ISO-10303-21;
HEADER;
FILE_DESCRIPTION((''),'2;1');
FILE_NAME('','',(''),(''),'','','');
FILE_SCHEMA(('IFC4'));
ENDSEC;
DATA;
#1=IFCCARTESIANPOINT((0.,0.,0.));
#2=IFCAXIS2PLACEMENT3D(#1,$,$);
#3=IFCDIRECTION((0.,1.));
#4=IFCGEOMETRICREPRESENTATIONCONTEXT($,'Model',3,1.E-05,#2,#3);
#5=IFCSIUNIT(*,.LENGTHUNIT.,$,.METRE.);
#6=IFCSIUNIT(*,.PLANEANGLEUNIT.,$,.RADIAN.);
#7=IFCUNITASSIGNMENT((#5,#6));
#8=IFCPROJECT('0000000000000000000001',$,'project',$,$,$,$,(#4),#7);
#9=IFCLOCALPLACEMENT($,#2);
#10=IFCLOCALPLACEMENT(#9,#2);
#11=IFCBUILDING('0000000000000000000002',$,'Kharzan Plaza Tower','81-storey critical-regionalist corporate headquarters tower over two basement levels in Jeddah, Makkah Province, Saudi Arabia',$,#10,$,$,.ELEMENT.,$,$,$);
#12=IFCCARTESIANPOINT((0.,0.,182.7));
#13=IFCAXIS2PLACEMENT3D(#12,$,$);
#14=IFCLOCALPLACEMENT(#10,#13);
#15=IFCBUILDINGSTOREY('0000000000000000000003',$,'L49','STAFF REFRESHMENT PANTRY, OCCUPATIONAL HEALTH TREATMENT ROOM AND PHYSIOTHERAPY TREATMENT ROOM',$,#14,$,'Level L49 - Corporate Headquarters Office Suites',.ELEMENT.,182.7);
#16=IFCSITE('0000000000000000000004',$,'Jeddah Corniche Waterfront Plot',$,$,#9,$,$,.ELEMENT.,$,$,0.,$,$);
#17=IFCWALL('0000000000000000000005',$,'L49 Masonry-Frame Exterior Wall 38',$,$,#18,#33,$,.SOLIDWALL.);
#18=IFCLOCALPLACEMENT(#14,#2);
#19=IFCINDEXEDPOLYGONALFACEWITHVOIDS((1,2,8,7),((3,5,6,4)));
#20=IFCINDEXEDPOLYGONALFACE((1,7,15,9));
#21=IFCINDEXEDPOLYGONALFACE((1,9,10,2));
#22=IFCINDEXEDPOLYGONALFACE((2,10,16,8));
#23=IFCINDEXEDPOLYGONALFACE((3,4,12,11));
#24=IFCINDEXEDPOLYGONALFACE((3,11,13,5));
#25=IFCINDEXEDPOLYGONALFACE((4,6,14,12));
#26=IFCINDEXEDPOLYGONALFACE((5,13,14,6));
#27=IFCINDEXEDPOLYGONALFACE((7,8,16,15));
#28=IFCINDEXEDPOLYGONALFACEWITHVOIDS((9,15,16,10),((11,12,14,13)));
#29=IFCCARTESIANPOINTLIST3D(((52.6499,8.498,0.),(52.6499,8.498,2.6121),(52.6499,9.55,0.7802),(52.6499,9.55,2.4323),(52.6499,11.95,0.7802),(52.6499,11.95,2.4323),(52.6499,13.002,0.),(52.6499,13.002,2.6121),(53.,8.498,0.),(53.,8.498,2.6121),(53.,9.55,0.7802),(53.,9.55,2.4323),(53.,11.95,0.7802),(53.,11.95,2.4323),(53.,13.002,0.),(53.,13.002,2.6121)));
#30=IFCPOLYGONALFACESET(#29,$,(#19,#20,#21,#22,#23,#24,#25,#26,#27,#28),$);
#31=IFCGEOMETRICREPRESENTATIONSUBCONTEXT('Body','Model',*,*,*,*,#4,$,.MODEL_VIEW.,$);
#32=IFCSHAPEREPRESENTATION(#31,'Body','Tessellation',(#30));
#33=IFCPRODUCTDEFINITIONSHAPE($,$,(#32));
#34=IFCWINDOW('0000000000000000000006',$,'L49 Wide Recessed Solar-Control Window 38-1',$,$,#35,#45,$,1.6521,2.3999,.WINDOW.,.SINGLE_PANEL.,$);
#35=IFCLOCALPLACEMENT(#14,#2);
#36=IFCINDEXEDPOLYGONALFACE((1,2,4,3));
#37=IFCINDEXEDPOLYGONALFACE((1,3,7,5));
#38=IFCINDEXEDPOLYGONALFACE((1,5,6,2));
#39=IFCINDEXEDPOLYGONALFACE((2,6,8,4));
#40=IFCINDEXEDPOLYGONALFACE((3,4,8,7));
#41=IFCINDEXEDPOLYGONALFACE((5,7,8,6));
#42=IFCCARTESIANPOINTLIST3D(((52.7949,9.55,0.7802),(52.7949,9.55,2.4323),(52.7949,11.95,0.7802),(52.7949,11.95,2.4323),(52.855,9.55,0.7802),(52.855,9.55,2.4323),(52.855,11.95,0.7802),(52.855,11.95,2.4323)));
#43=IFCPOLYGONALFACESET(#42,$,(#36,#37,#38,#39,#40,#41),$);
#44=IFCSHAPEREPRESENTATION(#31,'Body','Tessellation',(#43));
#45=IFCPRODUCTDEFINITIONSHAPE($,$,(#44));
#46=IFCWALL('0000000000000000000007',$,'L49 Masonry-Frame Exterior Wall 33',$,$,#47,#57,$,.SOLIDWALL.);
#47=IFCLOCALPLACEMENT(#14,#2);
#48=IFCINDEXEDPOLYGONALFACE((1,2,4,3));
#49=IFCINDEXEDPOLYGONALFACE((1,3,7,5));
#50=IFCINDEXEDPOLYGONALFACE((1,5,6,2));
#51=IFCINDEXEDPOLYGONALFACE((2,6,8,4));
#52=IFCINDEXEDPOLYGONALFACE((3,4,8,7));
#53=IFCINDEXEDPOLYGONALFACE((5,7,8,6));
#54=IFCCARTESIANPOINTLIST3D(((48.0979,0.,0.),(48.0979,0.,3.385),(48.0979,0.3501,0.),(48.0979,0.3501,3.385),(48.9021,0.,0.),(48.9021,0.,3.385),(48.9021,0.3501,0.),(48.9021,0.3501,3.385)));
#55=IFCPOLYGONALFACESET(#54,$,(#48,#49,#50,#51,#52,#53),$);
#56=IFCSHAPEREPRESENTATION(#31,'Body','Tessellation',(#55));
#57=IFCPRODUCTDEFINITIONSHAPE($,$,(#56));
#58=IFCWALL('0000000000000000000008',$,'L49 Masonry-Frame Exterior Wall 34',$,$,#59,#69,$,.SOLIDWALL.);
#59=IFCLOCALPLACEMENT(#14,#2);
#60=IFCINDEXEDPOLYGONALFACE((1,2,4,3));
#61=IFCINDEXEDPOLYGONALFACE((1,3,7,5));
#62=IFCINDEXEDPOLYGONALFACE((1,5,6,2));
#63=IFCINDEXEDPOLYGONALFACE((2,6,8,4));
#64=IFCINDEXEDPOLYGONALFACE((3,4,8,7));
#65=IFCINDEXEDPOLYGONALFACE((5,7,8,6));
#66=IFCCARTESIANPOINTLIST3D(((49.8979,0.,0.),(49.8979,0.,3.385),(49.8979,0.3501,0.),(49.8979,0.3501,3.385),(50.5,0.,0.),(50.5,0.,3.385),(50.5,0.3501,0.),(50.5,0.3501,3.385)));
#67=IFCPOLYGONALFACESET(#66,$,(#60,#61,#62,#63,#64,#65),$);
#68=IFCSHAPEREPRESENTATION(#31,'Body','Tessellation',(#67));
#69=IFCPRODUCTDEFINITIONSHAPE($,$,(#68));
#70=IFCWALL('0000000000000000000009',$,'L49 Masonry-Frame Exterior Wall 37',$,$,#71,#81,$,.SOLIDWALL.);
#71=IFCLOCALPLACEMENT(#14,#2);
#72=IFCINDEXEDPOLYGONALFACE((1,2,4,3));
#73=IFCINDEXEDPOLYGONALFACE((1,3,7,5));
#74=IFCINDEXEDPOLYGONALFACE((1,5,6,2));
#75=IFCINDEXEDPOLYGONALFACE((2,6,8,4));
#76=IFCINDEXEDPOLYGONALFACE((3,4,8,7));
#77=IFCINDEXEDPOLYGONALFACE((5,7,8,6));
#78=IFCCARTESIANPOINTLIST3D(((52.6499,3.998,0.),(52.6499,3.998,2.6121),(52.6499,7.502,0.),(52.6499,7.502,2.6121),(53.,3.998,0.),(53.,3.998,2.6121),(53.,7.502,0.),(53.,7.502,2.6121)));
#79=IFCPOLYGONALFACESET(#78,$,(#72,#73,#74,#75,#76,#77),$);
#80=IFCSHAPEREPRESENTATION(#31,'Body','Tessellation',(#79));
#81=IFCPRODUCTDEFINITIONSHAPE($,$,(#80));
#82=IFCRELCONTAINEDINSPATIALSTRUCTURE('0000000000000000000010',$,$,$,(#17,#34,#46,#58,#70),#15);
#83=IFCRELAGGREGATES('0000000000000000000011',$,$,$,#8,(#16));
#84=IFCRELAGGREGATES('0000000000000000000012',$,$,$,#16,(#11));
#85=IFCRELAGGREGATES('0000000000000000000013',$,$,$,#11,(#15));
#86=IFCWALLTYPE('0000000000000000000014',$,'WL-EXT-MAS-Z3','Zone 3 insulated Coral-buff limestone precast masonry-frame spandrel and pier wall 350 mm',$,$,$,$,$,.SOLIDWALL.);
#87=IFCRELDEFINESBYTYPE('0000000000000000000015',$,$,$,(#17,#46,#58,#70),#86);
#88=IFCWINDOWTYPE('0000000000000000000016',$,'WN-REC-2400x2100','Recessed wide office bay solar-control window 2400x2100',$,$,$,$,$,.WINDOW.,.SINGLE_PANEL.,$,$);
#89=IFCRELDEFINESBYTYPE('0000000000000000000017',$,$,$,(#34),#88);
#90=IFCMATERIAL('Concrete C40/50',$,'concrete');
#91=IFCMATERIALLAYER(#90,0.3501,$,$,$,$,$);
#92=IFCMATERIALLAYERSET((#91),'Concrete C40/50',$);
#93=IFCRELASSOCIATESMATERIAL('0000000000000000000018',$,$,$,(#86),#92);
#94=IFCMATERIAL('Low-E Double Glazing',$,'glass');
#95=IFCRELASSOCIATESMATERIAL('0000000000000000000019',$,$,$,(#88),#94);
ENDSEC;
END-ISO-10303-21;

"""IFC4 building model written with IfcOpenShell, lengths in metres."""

from ifc_helpers import new_model, si_unit, direction, frame, frame_2d, origin, place, context, subcontext, project, spatial, rectangle, extrude, source, transform, mapped, material, layer, layer_set, type_object, element, fill, save


model = new_model("IFC4")

# Units and contexts
model_context = context("Model", 3, precision=1e-05, world=origin(), true_north=direction((0.0, 1.0)))
body_context = subcontext(model_context, "Body", "Model", "MODEL_VIEW")
ifc_project = project(units=[si_unit("LENGTHUNIT", "METRE"), si_unit("PLANEANGLEUNIT", "RADIAN")], contexts=[model_context])

# Site, building, storey
site_placement = place(None, origin())
site = spatial("IfcSite", under=ifc_project, at=site_placement, Name="Jeddah Corniche Waterfront Plot", CompositionType="ELEMENT", RefElevation=0.0)
building_placement = place(site_placement, origin())
building = spatial("IfcBuilding", under=site, at=building_placement, Name="Kharzan Plaza Tower", Description="81-storey critical-regionalist corporate headquarters tower over two basement levels in Jeddah, Makkah Province, Saudi Arabia", CompositionType="ELEMENT")
storey_placement = place(building_placement, frame((0.0, 0.0, 182.7)))
storey = spatial("IfcBuildingStorey", under=building, at=storey_placement, Name="L49", Description="STAFF REFRESHMENT PANTRY, OCCUPATIONAL HEALTH TREATMENT ROOM AND PHYSIOTHERAPY TREATMENT ROOM", LongName="Level L49 - Corporate Headquarters Office Suites", CompositionType="ELEMENT", Elevation=182.7)

# Wall, opening, window
ifc_material_1 = material(Name="Concrete C40/50", Category="concrete")
ifc_layer_1 = layer(ifc_material_1, 0.3501)
ifc_layer_set_1 = layer_set([ifc_layer_1], Name="Concrete C40/50")
wall_type_1 = type_object("IfcWallType", Name="WL-EXT-MAS-Z3", Description="Zone 3 insulated Coral-buff limestone precast masonry-frame spandrel and pier wall 350 mm", PredefinedType="SOLIDWALL", material=ifc_layer_set_1)
ifc_material_2 = material(Name="Low-E Double Glazing", Category="glass")
wall_1_placement = place(storey_placement, frame((52.825, 8.498, 0.0), z_axis=(0.0, 0.0, 1.0), x_axis=(0.0, 1.0, 0.0)))
wall_1 = element("IfcWall", 1, at=wall_1_placement, inside=storey, type_object=wall_type_1, Name="L49 Masonry-Frame Exterior Wall 38", PredefinedType="SOLIDWALL", context=body_context, shape_type="SweptSolid", body=[
    extrude(rectangle(XDim=4.5039, YDim=0.3501, at=frame_2d((2.252, 0.0))), origin(), (0.0, 0.0, 1.0), 2.6121),
])
opening_1_placement = place(wall_1_placement, frame((1.052, 0.0, 0.78)))
opening_1 = element("IfcOpeningElement", 2, at=opening_1_placement, cuts=wall_1, PredefinedType="OPENING", context=body_context, shape_type="SweptSolid", body=[
    extrude(rectangle(XDim=2.3999, YDim=1.6521, at=frame_2d((1.2, 0.8262))), frame((0.0, 0.1851, 0.0), z_axis=(0.0, -1.0, 0.0), x_axis=(1.0, 0.0, 0.0)), (0.0, 0.0, 1.0), 0.3701),
])
window_type_1 = type_object("IfcWindowType", Name="WN-REC-2400x2100", Description="Recessed wide office bay solar-control window 2400x2100", PartitioningType="SINGLE_PANEL", PredefinedType="WINDOW", material=ifc_material_2)
shared_shape_1 = source(origin(), body_context, "Body", "SweptSolid", [
    extrude(rectangle(XDim=2.3999, YDim=1.6521, at=frame_2d((1.2, 0.8262))), frame((0.0, 0.03, 0.0), z_axis=(0.0, -1.0, 0.0), x_axis=(1.0, 0.0, 0.0)), (0.0, 0.0, 1.0), 0.0601),
])
window_1_placement = place(opening_1_placement, origin())
window_1 = element("IfcWindow", 3, at=window_1_placement, inside=storey, type_object=window_type_1, Name="L49 Wide Recessed Solar-Control Window 38-1", OverallHeight=1.6521, OverallWidth=2.3999, PartitioningType="SINGLE_PANEL", PredefinedType="WINDOW", context=body_context, shape_type="MappedRepresentation", body=[
    mapped(shared_shape_1, transform((0.0, 0.0, 0.0), x_axis=(1.0, 0.0, 0.0), y_axis=(0.0, 1.0, 0.0), z_axis=(0.0, 0.0, 1.0))),
])
fill(opening_1, window_1)

# Walls
shared_shape_2 = source(origin(), body_context, "Body", "SweptSolid", [
    extrude(rectangle(XDim=0.8042, YDim=0.3501, at=frame_2d((0.4021, 0.0))), origin(), (0.0, 0.0, 1.0), 3.385),
])
wall_2_placement = place(storey_placement, frame((48.0979, 0.175, 0.0), z_axis=(0.0, 0.0, 1.0), x_axis=(1.0, 0.0, 0.0)))
element("IfcWall", 4, at=wall_2_placement, inside=storey, type_object=wall_type_1, Name="L49 Masonry-Frame Exterior Wall 33", PredefinedType="SOLIDWALL", context=body_context, shape_type="MappedRepresentation", body=[
    mapped(shared_shape_2, transform((0.0, 0.0, 0.0), x_axis=(1.0, 0.0, 0.0), y_axis=(0.0, 1.0, 0.0), z_axis=(0.0, 0.0, 1.0))),
])
shared_shape_3 = source(origin(), body_context, "Body", "SweptSolid", [
    extrude(rectangle(XDim=0.6021, YDim=0.3501, at=frame_2d((0.301, 0.0))), origin(), (0.0, 0.0, 1.0), 3.385),
])
wall_3_placement = place(storey_placement, frame((49.8979, 0.175, 0.0), z_axis=(0.0, 0.0, 1.0), x_axis=(1.0, 0.0, 0.0)))
element("IfcWall", 5, at=wall_3_placement, inside=storey, type_object=wall_type_1, Name="L49 Masonry-Frame Exterior Wall 34", PredefinedType="SOLIDWALL", context=body_context, shape_type="MappedRepresentation", body=[
    mapped(shared_shape_3, transform((0.0, 0.0, 0.0), x_axis=(1.0, 0.0, 0.0), y_axis=(0.0, 1.0, 0.0), z_axis=(0.0, 0.0, 1.0))),
])
shared_shape_4 = source(origin(), body_context, "Body", "SweptSolid", [
    extrude(rectangle(XDim=3.5039, YDim=0.3501, at=frame_2d((1.752, 0.0))), origin(), (0.0, 0.0, 1.0), 2.6121),
])
wall_4_placement = place(storey_placement, frame((52.825, 3.998, 0.0), z_axis=(0.0, 0.0, 1.0), x_axis=(0.0, 1.0, 0.0)))
element("IfcWall", 6, at=wall_4_placement, inside=storey, type_object=wall_type_1, Name="L49 Masonry-Frame Exterior Wall 37", PredefinedType="SOLIDWALL", context=body_context, shape_type="MappedRepresentation", body=[
    mapped(shared_shape_4, transform((0.0, 0.0, 0.0), x_axis=(1.0, 0.0, 0.0), y_axis=(0.0, 1.0, 0.0), z_axis=(0.0, 0.0, 1.0))),
])

save(model, "model.ifc")
